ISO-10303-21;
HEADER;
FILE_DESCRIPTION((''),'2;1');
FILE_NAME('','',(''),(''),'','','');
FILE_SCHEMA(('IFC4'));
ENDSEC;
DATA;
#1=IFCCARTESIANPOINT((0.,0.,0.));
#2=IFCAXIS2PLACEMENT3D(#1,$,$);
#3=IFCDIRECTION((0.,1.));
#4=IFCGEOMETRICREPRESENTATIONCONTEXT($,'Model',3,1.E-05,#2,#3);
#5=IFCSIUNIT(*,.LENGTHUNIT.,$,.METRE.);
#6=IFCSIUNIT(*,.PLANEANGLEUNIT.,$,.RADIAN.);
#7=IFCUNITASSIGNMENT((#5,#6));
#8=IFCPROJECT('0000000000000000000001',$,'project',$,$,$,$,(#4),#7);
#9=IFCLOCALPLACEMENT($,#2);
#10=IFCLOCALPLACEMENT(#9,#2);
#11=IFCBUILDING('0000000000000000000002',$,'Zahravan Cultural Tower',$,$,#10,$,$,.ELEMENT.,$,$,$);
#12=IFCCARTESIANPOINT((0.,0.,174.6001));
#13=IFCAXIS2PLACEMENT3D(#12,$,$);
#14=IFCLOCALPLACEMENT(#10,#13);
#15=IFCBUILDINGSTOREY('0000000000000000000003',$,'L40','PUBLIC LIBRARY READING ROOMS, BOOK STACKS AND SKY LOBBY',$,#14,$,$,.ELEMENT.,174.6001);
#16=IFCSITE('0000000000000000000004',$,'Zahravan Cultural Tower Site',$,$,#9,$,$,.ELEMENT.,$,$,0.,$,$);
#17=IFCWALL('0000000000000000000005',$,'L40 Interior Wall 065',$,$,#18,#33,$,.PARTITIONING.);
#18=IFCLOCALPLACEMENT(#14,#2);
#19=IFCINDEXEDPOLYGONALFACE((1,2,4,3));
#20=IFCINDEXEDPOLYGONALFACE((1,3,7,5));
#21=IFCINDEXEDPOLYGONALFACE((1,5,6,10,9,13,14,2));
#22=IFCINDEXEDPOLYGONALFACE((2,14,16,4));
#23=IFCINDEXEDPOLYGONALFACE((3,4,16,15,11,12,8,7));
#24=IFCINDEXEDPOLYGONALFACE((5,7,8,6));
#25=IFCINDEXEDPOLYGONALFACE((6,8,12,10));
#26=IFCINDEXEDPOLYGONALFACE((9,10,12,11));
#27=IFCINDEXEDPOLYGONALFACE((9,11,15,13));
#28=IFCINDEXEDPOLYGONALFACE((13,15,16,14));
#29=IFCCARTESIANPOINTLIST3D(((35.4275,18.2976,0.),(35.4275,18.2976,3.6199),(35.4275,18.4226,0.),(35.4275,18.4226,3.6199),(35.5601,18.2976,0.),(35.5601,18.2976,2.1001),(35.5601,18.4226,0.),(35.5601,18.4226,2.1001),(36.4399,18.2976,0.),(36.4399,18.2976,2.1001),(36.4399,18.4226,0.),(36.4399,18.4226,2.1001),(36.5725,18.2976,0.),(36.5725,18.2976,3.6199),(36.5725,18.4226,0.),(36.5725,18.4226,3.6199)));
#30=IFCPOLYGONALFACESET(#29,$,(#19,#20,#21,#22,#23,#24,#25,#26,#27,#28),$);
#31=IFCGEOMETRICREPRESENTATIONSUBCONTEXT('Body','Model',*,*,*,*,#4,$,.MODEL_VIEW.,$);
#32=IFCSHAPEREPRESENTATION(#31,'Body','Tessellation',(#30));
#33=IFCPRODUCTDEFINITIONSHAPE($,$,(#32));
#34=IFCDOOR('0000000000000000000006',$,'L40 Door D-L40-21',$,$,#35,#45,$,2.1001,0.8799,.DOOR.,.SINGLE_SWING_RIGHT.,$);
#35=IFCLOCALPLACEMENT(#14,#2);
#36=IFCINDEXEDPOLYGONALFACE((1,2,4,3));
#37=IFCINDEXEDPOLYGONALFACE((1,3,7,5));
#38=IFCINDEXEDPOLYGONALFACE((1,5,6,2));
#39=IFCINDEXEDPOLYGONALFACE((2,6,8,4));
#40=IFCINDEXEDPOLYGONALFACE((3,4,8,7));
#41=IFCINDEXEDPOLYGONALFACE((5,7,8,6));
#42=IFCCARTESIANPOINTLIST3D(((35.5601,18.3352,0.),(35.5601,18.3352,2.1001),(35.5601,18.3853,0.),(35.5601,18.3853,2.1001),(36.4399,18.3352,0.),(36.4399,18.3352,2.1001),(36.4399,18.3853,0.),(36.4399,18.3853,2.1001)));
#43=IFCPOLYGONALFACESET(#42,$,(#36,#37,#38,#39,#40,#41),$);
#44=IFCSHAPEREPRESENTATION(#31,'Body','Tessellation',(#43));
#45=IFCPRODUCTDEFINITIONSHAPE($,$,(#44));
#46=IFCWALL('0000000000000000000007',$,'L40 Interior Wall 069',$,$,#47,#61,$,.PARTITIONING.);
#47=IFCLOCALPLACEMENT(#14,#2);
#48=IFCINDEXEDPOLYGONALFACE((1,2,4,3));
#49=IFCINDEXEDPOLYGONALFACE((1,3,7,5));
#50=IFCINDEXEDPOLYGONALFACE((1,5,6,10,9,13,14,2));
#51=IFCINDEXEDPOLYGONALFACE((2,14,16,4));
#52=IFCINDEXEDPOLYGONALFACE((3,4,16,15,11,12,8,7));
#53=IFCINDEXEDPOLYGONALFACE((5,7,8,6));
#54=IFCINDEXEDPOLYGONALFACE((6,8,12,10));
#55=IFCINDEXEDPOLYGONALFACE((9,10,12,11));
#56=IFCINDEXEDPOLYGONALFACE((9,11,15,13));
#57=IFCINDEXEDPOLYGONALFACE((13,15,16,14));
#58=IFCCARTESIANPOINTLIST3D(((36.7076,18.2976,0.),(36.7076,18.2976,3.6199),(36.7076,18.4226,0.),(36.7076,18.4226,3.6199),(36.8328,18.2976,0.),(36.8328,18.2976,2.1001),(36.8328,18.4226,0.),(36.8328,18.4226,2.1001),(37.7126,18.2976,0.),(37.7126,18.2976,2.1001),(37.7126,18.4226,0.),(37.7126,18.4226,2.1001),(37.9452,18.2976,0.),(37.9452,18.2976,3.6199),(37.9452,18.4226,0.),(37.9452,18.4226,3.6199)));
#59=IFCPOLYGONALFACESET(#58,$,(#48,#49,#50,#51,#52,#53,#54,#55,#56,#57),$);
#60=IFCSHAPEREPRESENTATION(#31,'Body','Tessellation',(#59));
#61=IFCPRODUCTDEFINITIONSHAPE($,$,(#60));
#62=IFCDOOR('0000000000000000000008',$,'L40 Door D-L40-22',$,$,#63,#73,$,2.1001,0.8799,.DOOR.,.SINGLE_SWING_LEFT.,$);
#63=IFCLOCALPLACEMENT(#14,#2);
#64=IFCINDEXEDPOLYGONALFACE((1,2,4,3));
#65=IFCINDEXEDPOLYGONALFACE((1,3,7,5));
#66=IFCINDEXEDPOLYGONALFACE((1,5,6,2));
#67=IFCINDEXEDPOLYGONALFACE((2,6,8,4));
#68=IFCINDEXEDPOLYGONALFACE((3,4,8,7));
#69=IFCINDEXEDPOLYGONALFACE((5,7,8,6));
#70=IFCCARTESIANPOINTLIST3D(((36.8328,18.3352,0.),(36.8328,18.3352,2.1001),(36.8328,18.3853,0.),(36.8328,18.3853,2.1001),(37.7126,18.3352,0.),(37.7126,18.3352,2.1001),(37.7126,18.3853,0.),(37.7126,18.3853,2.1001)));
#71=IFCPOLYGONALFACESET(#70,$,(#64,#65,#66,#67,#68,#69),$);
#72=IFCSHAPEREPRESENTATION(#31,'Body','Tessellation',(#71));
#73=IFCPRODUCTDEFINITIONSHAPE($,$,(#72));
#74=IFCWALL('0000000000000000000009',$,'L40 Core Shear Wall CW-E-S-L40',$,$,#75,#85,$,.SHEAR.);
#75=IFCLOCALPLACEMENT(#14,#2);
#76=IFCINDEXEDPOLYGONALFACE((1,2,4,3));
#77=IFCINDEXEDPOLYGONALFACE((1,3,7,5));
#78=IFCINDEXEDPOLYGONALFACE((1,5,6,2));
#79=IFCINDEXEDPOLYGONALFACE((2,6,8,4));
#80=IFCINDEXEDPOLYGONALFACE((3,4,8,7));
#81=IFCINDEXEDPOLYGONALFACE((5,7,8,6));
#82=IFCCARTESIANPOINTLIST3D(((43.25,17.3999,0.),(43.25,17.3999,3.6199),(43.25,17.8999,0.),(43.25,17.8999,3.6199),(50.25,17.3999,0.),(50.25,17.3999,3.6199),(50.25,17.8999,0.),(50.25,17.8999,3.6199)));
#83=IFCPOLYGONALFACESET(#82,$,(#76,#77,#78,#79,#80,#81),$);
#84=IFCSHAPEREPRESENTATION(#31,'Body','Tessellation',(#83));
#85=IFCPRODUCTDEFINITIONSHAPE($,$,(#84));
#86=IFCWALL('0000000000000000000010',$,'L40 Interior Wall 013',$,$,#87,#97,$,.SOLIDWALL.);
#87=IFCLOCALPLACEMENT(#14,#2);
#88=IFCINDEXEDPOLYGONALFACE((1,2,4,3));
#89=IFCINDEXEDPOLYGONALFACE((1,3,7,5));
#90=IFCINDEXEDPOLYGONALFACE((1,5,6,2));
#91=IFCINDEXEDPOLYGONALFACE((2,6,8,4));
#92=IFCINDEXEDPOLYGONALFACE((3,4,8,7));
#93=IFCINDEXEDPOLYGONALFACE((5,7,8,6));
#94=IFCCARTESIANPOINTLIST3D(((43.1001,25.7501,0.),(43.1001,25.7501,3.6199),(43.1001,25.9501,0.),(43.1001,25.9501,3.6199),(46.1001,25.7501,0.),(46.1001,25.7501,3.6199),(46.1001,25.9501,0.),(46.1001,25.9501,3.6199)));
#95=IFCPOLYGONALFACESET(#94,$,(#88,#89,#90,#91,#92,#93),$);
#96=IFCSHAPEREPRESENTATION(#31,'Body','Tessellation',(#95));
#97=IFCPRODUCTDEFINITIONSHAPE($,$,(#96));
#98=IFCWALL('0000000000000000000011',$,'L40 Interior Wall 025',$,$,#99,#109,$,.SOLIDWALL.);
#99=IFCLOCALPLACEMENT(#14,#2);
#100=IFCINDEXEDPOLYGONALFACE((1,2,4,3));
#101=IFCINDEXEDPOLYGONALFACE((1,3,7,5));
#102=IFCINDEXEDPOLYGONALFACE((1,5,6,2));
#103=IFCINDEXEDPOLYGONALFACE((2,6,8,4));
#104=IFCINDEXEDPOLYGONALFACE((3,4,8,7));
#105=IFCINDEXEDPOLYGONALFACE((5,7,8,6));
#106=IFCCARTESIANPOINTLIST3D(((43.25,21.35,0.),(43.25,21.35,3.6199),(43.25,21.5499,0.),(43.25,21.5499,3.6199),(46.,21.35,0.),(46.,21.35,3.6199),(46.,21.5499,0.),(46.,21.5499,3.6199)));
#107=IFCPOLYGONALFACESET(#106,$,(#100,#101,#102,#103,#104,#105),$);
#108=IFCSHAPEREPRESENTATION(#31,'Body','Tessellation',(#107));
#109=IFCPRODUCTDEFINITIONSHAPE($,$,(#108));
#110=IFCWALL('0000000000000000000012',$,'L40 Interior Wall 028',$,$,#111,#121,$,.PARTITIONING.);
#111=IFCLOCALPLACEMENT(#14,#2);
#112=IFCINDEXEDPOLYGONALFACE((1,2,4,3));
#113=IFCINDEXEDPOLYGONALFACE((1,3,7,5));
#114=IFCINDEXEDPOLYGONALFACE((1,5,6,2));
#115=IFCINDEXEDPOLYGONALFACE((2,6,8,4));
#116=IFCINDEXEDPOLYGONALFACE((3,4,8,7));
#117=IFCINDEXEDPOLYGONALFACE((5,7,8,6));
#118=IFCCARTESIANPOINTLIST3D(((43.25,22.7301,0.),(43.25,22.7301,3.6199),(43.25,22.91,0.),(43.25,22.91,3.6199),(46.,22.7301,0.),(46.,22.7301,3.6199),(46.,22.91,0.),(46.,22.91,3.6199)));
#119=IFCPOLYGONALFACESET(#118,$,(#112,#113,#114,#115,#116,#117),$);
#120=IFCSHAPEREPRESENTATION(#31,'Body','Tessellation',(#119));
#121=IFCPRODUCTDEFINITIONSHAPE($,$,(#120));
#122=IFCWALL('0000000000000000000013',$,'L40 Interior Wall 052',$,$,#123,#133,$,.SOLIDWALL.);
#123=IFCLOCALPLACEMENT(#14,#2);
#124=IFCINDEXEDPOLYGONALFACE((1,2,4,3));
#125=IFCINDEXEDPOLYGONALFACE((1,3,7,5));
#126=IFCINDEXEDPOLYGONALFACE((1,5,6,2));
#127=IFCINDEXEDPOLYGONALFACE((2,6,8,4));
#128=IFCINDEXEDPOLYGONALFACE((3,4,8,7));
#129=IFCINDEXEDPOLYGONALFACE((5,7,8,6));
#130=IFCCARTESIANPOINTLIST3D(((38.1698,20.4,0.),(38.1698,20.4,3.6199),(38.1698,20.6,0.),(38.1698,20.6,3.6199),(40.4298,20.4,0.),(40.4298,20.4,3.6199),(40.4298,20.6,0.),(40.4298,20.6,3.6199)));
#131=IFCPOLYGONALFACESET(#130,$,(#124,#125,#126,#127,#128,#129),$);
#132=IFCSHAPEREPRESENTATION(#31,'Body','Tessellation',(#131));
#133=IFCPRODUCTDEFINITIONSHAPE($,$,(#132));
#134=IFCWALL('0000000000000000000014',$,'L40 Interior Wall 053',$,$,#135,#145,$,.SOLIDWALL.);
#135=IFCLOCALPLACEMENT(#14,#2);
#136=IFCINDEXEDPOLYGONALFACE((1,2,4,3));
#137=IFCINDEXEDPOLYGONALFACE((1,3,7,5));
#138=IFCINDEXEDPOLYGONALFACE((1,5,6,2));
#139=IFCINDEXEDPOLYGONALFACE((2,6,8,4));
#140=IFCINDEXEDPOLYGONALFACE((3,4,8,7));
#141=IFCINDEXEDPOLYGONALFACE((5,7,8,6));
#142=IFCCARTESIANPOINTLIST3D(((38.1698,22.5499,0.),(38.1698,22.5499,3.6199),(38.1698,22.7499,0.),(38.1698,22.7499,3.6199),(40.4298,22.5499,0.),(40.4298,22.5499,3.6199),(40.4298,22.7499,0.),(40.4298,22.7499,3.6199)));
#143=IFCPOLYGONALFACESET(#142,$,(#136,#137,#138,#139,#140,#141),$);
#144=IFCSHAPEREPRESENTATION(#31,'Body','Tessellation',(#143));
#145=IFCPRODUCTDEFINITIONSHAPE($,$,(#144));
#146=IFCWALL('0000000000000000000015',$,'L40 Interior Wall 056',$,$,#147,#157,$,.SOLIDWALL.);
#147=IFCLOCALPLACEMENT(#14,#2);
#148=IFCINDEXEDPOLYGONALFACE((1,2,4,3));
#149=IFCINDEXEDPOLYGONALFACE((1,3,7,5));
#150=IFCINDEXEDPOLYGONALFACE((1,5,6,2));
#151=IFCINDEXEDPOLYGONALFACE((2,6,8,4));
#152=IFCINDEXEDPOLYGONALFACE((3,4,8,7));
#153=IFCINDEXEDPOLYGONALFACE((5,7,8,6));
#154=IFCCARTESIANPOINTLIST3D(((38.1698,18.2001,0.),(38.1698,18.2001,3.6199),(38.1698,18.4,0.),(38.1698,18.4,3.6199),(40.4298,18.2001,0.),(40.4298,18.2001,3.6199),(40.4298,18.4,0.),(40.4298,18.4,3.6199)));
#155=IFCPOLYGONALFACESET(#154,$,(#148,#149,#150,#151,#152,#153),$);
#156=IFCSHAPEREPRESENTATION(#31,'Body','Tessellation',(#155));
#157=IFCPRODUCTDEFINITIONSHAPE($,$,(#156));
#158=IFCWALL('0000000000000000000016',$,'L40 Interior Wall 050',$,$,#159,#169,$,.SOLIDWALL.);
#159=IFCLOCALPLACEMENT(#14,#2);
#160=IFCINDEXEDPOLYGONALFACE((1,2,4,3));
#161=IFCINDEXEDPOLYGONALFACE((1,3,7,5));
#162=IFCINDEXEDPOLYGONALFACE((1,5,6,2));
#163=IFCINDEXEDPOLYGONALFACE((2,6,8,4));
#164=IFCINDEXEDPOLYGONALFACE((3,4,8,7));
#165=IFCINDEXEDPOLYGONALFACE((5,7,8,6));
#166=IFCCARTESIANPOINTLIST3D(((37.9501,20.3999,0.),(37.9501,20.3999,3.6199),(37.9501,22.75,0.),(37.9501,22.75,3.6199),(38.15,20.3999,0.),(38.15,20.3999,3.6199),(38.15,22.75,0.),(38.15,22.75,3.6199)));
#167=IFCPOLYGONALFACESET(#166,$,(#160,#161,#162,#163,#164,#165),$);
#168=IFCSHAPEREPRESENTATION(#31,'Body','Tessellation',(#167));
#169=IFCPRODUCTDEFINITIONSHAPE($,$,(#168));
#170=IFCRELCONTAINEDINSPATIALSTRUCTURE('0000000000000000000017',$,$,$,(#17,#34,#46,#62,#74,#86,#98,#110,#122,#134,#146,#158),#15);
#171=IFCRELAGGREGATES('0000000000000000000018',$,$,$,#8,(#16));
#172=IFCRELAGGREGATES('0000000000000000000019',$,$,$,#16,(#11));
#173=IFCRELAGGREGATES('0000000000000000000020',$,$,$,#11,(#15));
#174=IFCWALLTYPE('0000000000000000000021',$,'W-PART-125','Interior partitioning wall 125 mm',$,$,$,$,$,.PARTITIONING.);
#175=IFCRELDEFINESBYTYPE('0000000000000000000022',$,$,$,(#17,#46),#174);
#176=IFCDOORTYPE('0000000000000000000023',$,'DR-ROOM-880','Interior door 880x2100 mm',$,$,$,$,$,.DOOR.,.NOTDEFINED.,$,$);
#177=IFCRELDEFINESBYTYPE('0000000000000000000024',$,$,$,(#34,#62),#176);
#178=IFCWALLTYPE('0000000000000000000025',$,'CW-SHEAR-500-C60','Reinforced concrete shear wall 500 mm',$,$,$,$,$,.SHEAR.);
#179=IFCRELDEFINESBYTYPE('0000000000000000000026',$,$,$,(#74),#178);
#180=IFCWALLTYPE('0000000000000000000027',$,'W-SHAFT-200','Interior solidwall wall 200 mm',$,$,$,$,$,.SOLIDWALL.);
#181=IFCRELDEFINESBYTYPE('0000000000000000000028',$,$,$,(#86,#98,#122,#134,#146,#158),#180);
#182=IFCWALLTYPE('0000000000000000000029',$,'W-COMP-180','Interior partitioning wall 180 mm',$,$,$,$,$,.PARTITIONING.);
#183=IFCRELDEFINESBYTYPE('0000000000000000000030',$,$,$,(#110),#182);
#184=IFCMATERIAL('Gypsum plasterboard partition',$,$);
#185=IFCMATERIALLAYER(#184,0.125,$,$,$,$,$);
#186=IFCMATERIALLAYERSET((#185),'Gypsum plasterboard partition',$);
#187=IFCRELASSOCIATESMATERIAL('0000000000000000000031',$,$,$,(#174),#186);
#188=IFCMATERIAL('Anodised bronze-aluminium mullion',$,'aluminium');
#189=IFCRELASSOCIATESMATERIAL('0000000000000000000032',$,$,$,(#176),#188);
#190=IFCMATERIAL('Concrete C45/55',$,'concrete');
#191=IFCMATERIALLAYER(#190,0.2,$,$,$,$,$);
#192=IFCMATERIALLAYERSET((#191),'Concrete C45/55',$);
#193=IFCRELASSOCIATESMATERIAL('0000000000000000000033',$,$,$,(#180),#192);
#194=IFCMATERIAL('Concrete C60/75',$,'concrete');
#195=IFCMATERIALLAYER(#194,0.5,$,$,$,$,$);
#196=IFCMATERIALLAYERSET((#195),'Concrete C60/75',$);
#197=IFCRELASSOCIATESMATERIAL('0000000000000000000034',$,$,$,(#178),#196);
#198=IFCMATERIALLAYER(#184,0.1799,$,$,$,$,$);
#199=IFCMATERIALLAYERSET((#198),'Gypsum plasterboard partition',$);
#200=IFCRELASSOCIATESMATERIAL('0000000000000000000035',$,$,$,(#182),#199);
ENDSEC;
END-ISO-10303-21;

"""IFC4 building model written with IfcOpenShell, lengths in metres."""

from ifc_helpers import new_model, si_unit, direction, frame, frame_2d, origin, place, context, subcontext, project, spatial, rectangle, extrude, source, transform, mapped, material, layer, layer_set, type_object, element, fill, save


model = new_model("IFC4")

# Units and contexts
model_context = context("Model", 3, precision=1e-05, world=origin(), true_north=direction((0.0, 1.0)))
body_context = subcontext(model_context, "Body", "Model", "MODEL_VIEW")
ifc_project = project(units=[si_unit("LENGTHUNIT", "METRE"), si_unit("PLANEANGLEUNIT", "RADIAN")], contexts=[model_context])

# Site, building, storey
site_placement = place(None, origin())
site = spatial("IfcSite", under=ifc_project, at=site_placement, Name="Zahravan Cultural Tower Site", CompositionType="ELEMENT", RefElevation=0.0)
building_placement = place(site_placement, origin())
building = spatial("IfcBuilding", under=site, at=building_placement, Name="Zahravan Cultural Tower", CompositionType="ELEMENT")
storey_placement = place(building_placement, frame((0.0, 0.0, 174.6001)))
storey = spatial("IfcBuildingStorey", under=building, at=storey_placement, Name="L40", Description="PUBLIC LIBRARY READING ROOMS, BOOK STACKS AND SKY LOBBY", CompositionType="ELEMENT", Elevation=174.6001)

# Walls, openings, doors
ifc_material_1 = material(Name="Gypsum plasterboard partition")
ifc_layer_1 = layer(ifc_material_1, 0.125)
ifc_layer_set_1 = layer_set([ifc_layer_1], Name="Gypsum plasterboard partition")
wall_type_1 = type_object("IfcWallType", Name="W-PART-125", Description="Interior partitioning wall 125 mm", PredefinedType="PARTITIONING", material=ifc_layer_set_1)
wall_1_placement = place(storey_placement, frame((36.5725, 18.3601, 0.0), z_axis=(0.0, 0.0, 1.0), x_axis=(-1.0, 0.0, 0.0)))
wall_1 = element("IfcWall", 1, at=wall_1_placement, inside=storey, type_object=wall_type_1, Name="L40 Interior Wall 065", PredefinedType="PARTITIONING", context=body_context, shape_type="SweptSolid", body=[
    extrude(rectangle(XDim=1.145, YDim=0.125, at=frame_2d((0.5725, 0.0))), origin(), (0.0, 0.0, 1.0), 3.6199),
])
opening_1_placement = place(wall_1_placement, frame((0.1326, 0.0, 0.0)))
opening_1 = element("IfcOpeningElement", 2, at=opening_1_placement, cuts=wall_1, PredefinedType="OPENING", context=body_context, shape_type="SweptSolid", body=[
    extrude(rectangle(XDim=0.8799, YDim=2.1001, at=frame_2d((0.4399, 1.05))), frame((0.0, 0.0725, 0.0), z_axis=(0.0, -1.0, 0.0), x_axis=(1.0, 0.0, 0.0)), (0.0, 0.0, 1.0), 0.145),
])
ifc_material_2 = material(Name="Anodised bronze-aluminium mullion", Category="aluminium")
door_type_1 = type_object("IfcDoorType", Name="DR-ROOM-880", Description="Interior door 880x2100 mm", OperationType="NOTDEFINED", PredefinedType="DOOR", material=ifc_material_2)
shared_shape_1 = source(origin(), body_context, "Body", "SweptSolid", [
    extrude(rectangle(XDim=0.8799, YDim=2.1001, at=frame_2d((0.4399, 1.05))), frame((0.0, 0.0249, 0.0), z_axis=(0.0, -1.0, 0.0), x_axis=(1.0, 0.0, 0.0)), (0.0, 0.0, 1.0), 0.05),
])
door_1_placement = place(opening_1_placement, origin())
door_1 = element("IfcDoor", 3, at=door_1_placement, inside=storey, type_object=door_type_1, Name="L40 Door D-L40-21", OperationType="SINGLE_SWING_RIGHT", OverallHeight=2.1001, OverallWidth=0.8799, PredefinedType="DOOR", context=body_context, shape_type="MappedRepresentation", body=[
    mapped(shared_shape_1, transform((0.0, 0.0, 0.0), x_axis=(1.0, 0.0, 0.0), y_axis=(0.0, 1.0, 0.0), z_axis=(0.0, 0.0, 1.0), scale=1.0)),
])
fill(opening_1, door_1)
wall_2_placement = place(storey_placement, frame((37.9451, 18.3601, 0.0), z_axis=(0.0, 0.0, 1.0), x_axis=(-1.0, 0.0, 0.0)))
wall_2 = element("IfcWall", 4, at=wall_2_placement, inside=storey, type_object=wall_type_1, Name="L40 Interior Wall 069", PredefinedType="PARTITIONING", context=body_context, shape_type="SweptSolid", body=[
    extrude(rectangle(XDim=1.2375, YDim=0.125, at=frame_2d((0.6187, 0.0))), origin(), (0.0, 0.0, 1.0), 3.6199),
])
opening_2_placement = place(wall_2_placement, frame((0.2324, 0.0, 0.0)))
opening_2 = element("IfcOpeningElement", 5, at=opening_2_placement, cuts=wall_2, PredefinedType="OPENING", context=body_context, shape_type="SweptSolid", body=[
    extrude(rectangle(XDim=0.8799, YDim=2.1001, at=frame_2d((0.4399, 1.05))), frame((0.0, 0.0725, 0.0), z_axis=(0.0, -1.0, 0.0), x_axis=(1.0, 0.0, 0.0)), (0.0, 0.0, 1.0), 0.145),
])
door_2_placement = place(opening_2_placement, origin())
door_2 = element("IfcDoor", 6, at=door_2_placement, inside=storey, type_object=door_type_1, Name="L40 Door D-L40-22", OperationType="SINGLE_SWING_LEFT", OverallHeight=2.1001, OverallWidth=0.8799, PredefinedType="DOOR", context=body_context, shape_type="MappedRepresentation", body=[
    mapped(shared_shape_1, transform((0.0, 0.0, 0.0), x_axis=(1.0, 0.0, 0.0), y_axis=(0.0, 1.0, 0.0), z_axis=(0.0, 0.0, 1.0), scale=1.0)),
])
fill(opening_2, door_2)
ifc_material_3 = material(Name="Concrete C45/55", Category="concrete")
ifc_layer_2 = layer(ifc_material_3, 0.2)
ifc_layer_set_2 = layer_set([ifc_layer_2], Name="Concrete C45/55")
wall_type_2 = type_object("IfcWallType", Name="W-SHAFT-200", Description="Interior solidwall wall 200 mm", PredefinedType="SOLIDWALL", material=ifc_layer_set_2)

# Walls
ifc_material_4 = material(Name="Concrete C60/75", Category="concrete")
ifc_layer_3 = layer(ifc_material_4, 0.5)
ifc_layer_set_3 = layer_set([ifc_layer_3], Name="Concrete C60/75")
wall_type_3 = type_object("IfcWallType", Name="CW-SHEAR-500-C60", Description="Reinforced concrete shear wall 500 mm", PredefinedType="SHEAR", material=ifc_layer_set_3)
shared_shape_2 = source(origin(), body_context, "Body", "SweptSolid", [
    extrude(rectangle(XDim=7.0, YDim=0.5, at=frame_2d((3.5, 0.0))), origin(), (0.0, 0.0, 1.0), 3.6199),
])
wall_3_placement = place(storey_placement, frame((43.25, 17.6499, 0.0), z_axis=(0.0, 0.0, 1.0), x_axis=(1.0, 0.0, 0.0)))
element("IfcWall", 7, at=wall_3_placement, inside=storey, type_object=wall_type_3, Name="L40 Core Shear Wall CW-E-S-L40", PredefinedType="SHEAR", context=body_context, shape_type="MappedRepresentation", body=[
    mapped(shared_shape_2, transform((0.0, 0.0, 0.0), x_axis=(1.0, 0.0, 0.0), y_axis=(0.0, 1.0, 0.0), z_axis=(0.0, 0.0, 1.0), scale=1.0)),
])
shared_shape_3 = source(origin(), body_context, "Body", "SweptSolid", [
    extrude(rectangle(XDim=3.0, YDim=0.2, at=frame_2d((1.5, 0.0))), origin(), (0.0, 0.0, 1.0), 3.6199),
])
wall_4_placement = place(storey_placement, frame((43.1001, 25.8501, 0.0), z_axis=(0.0, 0.0, 1.0), x_axis=(1.0, 0.0, 0.0)))
element("IfcWall", 8, at=wall_4_placement, inside=storey, type_object=wall_type_2, Name="L40 Interior Wall 013", PredefinedType="SOLIDWALL", context=body_context, shape_type="MappedRepresentation", body=[
    mapped(shared_shape_3, transform((0.0, 0.0, 0.0), x_axis=(1.0, 0.0, 0.0), y_axis=(0.0, 1.0, 0.0), z_axis=(0.0, 0.0, 1.0), scale=1.0)),
])
shared_shape_4 = source(origin(), body_context, "Body", "SweptSolid", [
    extrude(rectangle(XDim=2.75, YDim=0.2, at=frame_2d((1.375, 0.0))), origin(), (0.0, 0.0, 1.0), 3.6199),
])
wall_5_placement = place(storey_placement, frame((43.25, 21.45, 0.0), z_axis=(0.0, 0.0, 1.0), x_axis=(1.0, 0.0, 0.0)))
element("IfcWall", 9, at=wall_5_placement, inside=storey, type_object=wall_type_2, Name="L40 Interior Wall 025", PredefinedType="SOLIDWALL", context=body_context, shape_type="MappedRepresentation", body=[
    mapped(shared_shape_4, transform((0.0, 0.0, 0.0), x_axis=(1.0, 0.0, 0.0), y_axis=(0.0, 1.0, 0.0), z_axis=(0.0, 0.0, 1.0), scale=1.0)),
])
ifc_layer_4 = layer(ifc_material_1, 0.1799)
ifc_layer_set_4 = layer_set([ifc_layer_4], Name="Gypsum plasterboard partition")
wall_type_4 = type_object("IfcWallType", Name="W-COMP-180", Description="Interior partitioning wall 180 mm", PredefinedType="PARTITIONING", material=ifc_layer_set_4)
shared_shape_5 = source(origin(), body_context, "Body", "SweptSolid", [
    extrude(rectangle(XDim=2.75, YDim=0.1799, at=frame_2d((1.375, 0.0))), origin(), (0.0, 0.0, 1.0), 3.6199),
])
wall_6_placement = place(storey_placement, frame((43.25, 22.8201, 0.0), z_axis=(0.0, 0.0, 1.0), x_axis=(1.0, 0.0, 0.0)))
element("IfcWall", 10, at=wall_6_placement, inside=storey, type_object=wall_type_4, Name="L40 Interior Wall 028", PredefinedType="PARTITIONING", context=body_context, shape_type="MappedRepresentation", body=[
    mapped(shared_shape_5, transform((0.0, 0.0, 0.0), x_axis=(1.0, 0.0, 0.0), y_axis=(0.0, 1.0, 0.0), z_axis=(0.0, 0.0, 1.0), scale=1.0)),
])
shared_shape_6 = source(origin(), body_context, "Body", "SweptSolid", [
    extrude(rectangle(XDim=2.26, YDim=0.2, at=frame_2d((1.1299, 0.0))), origin(), (0.0, 0.0, 1.0), 3.6199),
])
for number, where, z_axis, x_axis, name in (
    (11, (38.1699, 20.5, 0.0), (0.0, 0.0, 1.0), (1.0, 0.0, 0.0), "L40 Interior Wall 052"),
    (12, (38.1699, 22.6499, 0.0), (0.0, 0.0, 1.0), (1.0, 0.0, 0.0), "L40 Interior Wall 053"),
    (13, (38.1699, 18.3, 0.0), (0.0, 0.0, 1.0), (1.0, 0.0, 0.0), "L40 Interior Wall 056"),
):
    element("IfcWall", number, at=place(storey_placement, frame(where, z_axis=z_axis, x_axis=x_axis)), inside=storey, type_object=wall_type_2, Name=name, PredefinedType="SOLIDWALL", context=body_context, shape_type="MappedRepresentation", body=[
        mapped(shared_shape_6, transform((0.0, 0.0, 0.0), x_axis=(1.0, 0.0, 0.0), y_axis=(0.0, 1.0, 0.0), z_axis=(0.0, 0.0, 1.0), scale=1.0)),
    ])
shared_shape_7 = source(origin(), body_context, "Body", "SweptSolid", [
    extrude(rectangle(XDim=2.3501, YDim=0.2, at=frame_2d((1.175, 0.0))), origin(), (0.0, 0.0, 1.0), 3.6199),
])
for number, where, z_axis, x_axis, name in (
    (14, (38.05, 20.3999, 0.0), (0.0, 0.0, 1.0), (0.0, 1.0, 0.0), "L40 Interior Wall 050"),
):
    element("IfcWall", number, at=place(storey_placement, frame(where, z_axis=z_axis, x_axis=x_axis)), inside=storey, type_object=wall_type_2, Name=name, PredefinedType="SOLIDWALL", context=body_context, shape_type="MappedRepresentation", body=[
        mapped(shared_shape_7, transform((0.0, 0.0, 0.0), x_axis=(1.0, 0.0, 0.0), y_axis=(0.0, 1.0, 0.0), z_axis=(0.0, 0.0, 1.0), scale=1.0)),
    ])

save(model, "model.ifc")
